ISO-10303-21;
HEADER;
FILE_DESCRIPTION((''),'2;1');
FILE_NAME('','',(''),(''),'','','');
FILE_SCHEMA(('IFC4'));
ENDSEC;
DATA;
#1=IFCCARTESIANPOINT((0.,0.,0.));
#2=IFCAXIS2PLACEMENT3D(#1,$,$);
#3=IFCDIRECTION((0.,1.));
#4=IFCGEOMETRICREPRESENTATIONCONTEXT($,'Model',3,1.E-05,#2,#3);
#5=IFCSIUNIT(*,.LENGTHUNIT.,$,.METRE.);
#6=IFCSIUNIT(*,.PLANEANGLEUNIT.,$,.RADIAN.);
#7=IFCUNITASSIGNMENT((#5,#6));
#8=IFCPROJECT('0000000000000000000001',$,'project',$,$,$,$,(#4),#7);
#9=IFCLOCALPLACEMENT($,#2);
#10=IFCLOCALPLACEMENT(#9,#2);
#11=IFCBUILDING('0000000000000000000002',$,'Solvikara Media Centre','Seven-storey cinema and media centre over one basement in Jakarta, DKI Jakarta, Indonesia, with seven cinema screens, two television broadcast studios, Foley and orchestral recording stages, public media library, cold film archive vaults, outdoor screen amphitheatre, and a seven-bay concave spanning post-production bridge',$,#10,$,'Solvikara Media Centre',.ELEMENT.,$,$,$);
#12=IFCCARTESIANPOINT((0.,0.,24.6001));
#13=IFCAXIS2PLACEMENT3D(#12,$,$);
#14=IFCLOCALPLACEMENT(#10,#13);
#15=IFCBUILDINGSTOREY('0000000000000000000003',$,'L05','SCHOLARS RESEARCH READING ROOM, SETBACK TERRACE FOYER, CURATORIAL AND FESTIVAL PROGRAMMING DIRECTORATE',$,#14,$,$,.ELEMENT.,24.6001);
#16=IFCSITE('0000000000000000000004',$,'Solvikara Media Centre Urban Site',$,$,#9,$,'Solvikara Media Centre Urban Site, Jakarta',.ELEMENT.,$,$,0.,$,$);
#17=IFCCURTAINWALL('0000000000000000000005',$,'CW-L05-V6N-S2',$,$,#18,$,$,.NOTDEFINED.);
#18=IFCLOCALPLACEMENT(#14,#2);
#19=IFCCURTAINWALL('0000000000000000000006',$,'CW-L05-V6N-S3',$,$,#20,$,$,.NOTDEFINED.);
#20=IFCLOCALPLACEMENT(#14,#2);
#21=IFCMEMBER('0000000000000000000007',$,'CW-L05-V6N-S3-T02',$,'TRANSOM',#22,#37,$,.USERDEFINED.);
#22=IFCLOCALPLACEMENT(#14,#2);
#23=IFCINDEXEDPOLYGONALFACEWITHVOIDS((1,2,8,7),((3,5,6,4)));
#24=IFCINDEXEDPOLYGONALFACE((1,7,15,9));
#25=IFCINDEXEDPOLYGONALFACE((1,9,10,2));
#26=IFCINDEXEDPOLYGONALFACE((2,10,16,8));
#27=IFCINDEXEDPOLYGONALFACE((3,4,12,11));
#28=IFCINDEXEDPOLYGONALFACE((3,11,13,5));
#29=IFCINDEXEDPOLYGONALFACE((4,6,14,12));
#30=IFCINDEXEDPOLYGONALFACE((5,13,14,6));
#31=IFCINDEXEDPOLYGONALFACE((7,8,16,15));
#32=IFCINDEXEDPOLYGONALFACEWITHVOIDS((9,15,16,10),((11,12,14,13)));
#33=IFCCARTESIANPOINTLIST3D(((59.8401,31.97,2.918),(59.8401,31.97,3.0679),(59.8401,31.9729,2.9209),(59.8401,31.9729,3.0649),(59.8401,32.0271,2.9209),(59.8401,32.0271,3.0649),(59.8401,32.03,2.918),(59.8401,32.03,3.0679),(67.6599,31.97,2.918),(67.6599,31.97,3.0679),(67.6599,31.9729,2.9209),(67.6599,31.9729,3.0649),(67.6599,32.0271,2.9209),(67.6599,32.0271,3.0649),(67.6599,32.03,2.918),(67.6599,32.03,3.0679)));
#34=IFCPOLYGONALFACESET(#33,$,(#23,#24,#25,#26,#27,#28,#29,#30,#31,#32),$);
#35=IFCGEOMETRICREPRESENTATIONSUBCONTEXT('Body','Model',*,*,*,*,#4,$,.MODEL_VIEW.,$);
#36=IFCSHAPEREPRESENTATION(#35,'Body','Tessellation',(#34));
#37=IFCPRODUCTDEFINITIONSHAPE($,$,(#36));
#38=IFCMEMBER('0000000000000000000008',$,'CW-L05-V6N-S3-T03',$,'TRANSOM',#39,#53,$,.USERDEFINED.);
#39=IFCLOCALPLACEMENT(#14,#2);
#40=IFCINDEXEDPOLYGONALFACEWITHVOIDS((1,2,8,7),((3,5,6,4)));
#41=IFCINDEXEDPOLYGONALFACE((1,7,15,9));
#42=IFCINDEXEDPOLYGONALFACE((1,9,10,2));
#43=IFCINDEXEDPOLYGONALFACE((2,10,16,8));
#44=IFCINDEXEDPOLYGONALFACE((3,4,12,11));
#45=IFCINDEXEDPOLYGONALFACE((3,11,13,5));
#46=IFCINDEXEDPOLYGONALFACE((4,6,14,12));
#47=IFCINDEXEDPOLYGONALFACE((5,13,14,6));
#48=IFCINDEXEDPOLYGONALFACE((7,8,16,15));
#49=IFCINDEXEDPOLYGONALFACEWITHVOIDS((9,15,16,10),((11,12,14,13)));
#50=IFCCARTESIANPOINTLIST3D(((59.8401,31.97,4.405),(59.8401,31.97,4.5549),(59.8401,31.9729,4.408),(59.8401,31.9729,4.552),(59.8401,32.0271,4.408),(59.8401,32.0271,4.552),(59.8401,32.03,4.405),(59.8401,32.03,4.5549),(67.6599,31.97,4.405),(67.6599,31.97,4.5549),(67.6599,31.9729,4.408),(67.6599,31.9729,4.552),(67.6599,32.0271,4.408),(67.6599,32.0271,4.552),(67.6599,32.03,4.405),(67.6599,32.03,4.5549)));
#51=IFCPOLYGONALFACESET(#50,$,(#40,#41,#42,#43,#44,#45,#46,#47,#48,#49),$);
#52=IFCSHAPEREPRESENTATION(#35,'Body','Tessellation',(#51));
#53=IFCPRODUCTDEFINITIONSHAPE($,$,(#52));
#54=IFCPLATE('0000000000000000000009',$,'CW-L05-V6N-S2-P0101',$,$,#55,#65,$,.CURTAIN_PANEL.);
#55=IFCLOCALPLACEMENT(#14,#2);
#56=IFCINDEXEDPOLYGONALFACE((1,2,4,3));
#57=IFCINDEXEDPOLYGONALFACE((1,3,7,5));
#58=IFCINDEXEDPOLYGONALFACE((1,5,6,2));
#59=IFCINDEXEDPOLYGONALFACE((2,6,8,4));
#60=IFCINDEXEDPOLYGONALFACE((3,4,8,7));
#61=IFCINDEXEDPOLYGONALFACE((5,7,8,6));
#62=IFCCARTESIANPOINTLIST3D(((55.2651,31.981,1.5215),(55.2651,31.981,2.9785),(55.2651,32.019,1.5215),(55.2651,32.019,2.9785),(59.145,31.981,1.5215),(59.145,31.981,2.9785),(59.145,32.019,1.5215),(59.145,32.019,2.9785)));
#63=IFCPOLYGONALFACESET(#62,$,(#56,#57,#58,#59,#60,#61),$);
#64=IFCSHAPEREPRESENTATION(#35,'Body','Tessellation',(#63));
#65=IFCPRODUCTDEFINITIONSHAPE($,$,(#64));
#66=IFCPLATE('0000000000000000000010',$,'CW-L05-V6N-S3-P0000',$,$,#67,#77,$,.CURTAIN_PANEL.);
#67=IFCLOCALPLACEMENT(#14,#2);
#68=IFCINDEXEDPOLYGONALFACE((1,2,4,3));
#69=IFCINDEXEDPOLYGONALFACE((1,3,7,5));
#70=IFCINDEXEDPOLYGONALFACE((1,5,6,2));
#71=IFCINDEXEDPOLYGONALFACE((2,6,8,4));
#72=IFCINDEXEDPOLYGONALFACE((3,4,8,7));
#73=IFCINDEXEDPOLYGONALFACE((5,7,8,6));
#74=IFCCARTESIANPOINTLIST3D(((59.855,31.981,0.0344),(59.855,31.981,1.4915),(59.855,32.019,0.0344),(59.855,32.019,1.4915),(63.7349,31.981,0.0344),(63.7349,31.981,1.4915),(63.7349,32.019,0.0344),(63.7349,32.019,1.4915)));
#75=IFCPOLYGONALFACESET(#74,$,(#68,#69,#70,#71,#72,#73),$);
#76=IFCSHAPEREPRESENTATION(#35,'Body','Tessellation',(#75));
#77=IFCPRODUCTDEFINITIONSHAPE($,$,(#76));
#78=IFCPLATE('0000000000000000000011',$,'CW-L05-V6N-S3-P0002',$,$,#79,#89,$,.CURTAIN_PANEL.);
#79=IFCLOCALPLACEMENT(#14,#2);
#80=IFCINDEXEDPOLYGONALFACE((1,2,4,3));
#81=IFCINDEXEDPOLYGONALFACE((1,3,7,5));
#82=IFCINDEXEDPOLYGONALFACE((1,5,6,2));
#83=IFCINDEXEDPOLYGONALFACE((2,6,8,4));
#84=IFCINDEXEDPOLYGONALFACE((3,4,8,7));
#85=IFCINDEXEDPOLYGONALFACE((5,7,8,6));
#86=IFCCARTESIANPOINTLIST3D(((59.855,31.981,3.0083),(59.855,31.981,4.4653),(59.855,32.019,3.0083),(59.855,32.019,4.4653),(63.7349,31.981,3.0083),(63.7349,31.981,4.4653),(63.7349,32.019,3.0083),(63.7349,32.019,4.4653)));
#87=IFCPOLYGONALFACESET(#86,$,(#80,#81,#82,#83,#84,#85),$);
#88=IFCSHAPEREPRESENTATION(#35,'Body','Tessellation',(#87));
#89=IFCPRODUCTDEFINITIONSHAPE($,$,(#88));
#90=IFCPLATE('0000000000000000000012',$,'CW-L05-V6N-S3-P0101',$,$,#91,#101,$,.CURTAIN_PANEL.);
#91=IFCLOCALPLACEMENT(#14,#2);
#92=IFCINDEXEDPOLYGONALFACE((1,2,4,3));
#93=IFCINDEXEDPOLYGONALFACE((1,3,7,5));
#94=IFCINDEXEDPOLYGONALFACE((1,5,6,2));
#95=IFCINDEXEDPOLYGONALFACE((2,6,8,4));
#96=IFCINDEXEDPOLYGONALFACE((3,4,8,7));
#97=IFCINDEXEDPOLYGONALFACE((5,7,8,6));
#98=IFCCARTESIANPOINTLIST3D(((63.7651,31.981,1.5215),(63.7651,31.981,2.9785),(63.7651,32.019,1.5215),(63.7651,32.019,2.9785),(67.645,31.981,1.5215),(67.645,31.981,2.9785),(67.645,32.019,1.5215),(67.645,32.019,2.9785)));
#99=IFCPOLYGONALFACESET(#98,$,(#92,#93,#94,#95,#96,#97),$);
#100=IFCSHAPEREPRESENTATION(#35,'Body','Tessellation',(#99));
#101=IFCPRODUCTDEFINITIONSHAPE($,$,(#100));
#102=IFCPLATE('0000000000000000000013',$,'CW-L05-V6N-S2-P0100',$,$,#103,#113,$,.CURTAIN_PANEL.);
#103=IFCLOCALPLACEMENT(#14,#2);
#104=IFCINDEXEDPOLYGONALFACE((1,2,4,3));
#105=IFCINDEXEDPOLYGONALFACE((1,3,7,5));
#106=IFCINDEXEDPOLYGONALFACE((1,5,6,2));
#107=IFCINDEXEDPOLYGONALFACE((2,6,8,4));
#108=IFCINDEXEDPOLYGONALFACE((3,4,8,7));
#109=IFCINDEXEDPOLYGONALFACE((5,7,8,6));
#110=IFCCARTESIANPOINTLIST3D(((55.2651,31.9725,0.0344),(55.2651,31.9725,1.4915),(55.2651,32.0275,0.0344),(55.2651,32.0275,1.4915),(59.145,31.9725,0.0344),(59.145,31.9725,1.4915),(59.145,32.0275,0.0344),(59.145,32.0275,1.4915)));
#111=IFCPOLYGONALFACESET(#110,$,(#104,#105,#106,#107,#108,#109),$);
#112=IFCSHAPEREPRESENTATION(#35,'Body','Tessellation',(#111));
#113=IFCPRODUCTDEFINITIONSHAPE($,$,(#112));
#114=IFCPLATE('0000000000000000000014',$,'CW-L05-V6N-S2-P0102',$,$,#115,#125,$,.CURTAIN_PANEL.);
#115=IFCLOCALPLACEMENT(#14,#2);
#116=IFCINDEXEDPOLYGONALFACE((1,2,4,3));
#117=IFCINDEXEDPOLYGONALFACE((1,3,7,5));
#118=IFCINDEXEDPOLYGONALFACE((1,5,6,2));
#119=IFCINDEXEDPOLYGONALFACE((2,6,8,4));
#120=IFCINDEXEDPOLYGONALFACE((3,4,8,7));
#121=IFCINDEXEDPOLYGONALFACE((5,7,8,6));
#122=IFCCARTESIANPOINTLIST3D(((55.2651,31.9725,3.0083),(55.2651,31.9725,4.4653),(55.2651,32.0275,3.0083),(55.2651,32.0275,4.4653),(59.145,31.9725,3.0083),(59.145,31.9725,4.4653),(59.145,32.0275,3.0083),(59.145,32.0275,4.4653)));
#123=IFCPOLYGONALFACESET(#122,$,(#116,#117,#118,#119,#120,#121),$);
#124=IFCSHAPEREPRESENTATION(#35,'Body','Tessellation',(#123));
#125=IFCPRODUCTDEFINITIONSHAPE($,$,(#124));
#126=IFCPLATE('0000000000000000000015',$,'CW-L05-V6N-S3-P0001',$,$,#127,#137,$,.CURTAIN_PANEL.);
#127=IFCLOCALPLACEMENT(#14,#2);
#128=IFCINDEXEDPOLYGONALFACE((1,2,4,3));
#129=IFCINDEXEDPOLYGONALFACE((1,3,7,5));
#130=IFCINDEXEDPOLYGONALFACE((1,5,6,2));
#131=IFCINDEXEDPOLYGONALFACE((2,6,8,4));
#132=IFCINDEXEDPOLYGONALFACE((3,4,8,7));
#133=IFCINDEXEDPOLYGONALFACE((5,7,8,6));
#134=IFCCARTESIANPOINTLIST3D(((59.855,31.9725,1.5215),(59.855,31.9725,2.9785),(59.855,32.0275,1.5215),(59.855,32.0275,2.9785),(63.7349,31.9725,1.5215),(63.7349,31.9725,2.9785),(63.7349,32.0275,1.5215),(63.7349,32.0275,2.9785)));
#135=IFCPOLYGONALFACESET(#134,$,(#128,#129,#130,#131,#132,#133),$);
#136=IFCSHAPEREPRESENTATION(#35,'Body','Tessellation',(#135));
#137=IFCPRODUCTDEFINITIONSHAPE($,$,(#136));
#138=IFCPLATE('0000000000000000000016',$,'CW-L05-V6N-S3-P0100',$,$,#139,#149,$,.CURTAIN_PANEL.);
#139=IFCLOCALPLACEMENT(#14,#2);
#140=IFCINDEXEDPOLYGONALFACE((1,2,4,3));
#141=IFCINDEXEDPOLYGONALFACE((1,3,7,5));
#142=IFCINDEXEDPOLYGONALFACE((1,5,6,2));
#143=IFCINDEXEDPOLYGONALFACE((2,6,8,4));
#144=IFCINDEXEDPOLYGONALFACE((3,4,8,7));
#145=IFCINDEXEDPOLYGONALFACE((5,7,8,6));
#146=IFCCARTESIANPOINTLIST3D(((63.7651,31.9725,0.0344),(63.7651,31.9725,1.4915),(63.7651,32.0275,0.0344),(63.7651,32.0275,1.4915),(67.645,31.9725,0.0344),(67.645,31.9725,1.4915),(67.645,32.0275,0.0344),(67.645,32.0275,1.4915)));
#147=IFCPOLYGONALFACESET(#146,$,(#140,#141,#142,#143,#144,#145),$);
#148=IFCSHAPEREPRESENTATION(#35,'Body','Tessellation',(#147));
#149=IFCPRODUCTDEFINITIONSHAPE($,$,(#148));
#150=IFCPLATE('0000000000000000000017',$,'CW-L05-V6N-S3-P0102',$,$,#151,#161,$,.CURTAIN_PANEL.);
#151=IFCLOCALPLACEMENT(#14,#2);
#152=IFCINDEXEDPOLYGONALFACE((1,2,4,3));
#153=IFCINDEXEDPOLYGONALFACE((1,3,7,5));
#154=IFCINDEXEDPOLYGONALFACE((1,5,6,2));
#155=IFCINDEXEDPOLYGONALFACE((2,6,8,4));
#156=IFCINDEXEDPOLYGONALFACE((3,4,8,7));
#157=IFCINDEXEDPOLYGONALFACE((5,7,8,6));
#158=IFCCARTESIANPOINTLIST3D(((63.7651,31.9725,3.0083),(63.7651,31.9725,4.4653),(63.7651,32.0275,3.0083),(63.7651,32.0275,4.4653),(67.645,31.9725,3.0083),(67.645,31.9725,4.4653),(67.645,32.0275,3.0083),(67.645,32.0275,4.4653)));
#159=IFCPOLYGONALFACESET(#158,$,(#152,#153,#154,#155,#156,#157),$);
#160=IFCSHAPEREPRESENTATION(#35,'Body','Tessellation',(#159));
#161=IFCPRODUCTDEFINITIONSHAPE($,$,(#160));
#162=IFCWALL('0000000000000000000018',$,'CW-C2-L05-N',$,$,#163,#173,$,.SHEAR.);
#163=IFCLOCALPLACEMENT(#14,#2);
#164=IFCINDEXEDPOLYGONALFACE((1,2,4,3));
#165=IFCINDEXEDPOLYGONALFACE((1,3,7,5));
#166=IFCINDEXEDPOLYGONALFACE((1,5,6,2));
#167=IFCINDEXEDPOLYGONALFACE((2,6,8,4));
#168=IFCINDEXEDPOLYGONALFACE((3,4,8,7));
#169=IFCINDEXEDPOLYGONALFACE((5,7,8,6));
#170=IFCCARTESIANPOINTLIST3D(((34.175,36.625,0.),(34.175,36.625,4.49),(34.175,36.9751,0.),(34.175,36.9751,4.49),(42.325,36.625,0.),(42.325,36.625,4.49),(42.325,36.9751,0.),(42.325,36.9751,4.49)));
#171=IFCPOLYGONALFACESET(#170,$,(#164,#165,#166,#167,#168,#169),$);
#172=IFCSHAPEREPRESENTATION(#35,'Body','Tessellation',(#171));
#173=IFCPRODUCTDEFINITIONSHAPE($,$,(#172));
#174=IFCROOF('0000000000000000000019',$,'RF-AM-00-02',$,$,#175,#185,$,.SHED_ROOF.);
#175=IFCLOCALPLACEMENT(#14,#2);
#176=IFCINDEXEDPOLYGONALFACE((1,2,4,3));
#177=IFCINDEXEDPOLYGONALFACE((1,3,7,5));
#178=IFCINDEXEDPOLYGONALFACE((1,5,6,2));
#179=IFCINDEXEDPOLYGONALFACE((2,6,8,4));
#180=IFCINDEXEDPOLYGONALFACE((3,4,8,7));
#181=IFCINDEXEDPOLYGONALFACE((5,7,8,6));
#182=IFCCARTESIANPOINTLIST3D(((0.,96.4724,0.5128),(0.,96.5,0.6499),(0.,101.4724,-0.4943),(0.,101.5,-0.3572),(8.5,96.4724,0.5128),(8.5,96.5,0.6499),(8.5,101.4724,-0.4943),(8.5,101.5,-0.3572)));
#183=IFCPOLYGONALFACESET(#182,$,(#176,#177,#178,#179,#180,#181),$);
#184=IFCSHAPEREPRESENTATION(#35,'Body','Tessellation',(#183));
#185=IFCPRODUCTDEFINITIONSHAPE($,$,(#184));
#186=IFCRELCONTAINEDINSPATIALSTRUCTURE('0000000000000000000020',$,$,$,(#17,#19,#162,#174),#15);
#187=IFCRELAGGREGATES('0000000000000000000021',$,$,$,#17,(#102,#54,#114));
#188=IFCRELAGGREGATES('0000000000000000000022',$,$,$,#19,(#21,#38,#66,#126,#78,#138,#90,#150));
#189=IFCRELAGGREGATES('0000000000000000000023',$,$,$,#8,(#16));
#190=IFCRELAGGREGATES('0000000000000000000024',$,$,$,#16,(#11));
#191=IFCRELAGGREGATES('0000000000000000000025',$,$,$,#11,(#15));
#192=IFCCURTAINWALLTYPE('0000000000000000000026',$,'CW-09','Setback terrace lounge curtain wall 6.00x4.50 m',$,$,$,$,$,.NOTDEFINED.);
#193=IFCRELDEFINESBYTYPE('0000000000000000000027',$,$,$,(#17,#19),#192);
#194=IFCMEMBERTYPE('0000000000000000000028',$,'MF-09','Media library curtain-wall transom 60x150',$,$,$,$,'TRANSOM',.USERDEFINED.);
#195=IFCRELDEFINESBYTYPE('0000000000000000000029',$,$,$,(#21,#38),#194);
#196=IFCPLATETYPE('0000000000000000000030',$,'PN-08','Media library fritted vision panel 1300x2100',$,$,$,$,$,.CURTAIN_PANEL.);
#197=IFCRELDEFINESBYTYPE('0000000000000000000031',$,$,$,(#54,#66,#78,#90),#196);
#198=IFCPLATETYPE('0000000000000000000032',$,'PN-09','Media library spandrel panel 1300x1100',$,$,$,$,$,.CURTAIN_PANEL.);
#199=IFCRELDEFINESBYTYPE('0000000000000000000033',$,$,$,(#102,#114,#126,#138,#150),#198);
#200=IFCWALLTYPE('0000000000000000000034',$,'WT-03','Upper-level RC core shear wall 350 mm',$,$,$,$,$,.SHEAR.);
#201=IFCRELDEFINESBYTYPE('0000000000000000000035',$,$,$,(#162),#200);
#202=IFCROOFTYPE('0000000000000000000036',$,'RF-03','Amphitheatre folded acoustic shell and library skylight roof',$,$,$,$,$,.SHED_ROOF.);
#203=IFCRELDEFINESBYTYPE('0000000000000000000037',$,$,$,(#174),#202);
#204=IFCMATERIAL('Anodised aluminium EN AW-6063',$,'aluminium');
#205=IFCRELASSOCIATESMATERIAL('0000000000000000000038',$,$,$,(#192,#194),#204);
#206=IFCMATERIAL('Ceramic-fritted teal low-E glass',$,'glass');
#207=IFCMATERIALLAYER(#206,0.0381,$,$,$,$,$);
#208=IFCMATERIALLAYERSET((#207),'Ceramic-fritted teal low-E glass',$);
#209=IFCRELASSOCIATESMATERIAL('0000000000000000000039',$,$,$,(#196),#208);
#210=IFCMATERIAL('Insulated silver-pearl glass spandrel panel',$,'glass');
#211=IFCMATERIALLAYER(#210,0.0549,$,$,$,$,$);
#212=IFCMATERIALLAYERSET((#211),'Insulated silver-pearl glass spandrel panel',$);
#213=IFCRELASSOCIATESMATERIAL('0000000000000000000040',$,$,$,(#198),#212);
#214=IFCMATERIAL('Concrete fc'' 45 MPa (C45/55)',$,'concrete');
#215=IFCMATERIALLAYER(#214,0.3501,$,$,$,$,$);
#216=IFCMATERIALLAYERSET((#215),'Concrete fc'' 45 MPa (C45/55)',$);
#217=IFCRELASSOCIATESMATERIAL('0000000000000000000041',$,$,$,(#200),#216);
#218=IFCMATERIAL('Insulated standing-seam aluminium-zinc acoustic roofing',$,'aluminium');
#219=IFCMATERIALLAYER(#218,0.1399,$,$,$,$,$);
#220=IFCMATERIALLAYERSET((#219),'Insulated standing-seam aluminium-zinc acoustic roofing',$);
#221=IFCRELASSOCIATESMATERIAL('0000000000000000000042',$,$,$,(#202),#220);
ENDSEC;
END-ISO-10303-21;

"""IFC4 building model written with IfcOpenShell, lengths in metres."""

from ifc_helpers import new_model, si_unit, direction, frame, frame_2d, origin, origin_2d, place, context, subcontext, project, spatial, polyline, rectangle, hollow_rectangle, outline, extrude, material, layer, layer_set, material_profile, profile_set, type_object, element, aggregate, save


model = new_model("IFC4")

# Units and contexts
model_context = context("Model", 3, precision=1e-05, world=origin(), true_north=direction((0.0, 1.0)))
body_context = subcontext(model_context, "Body", "Model", "MODEL_VIEW")
ifc_project = project(units=[si_unit("LENGTHUNIT", "METRE"), si_unit("PLANEANGLEUNIT", "RADIAN")], contexts=[model_context])

# Site, building, storey
site_placement = place(None, origin())
site = spatial("IfcSite", under=ifc_project, at=site_placement, Name="Solvikara Media Centre Urban Site", LongName="Solvikara Media Centre Urban Site, Jakarta", CompositionType="ELEMENT", RefElevation=0.0)
building_placement = place(site_placement, origin())
building = spatial("IfcBuilding", under=site, at=building_placement, Name="Solvikara Media Centre", Description="Seven-storey cinema and media centre over one basement in Jakarta, DKI Jakarta, Indonesia, with seven cinema screens, two television broadcast studios, Foley and orchestral recording stages, public media library, cold film archive vaults, outdoor screen amphitheatre, and a seven-bay concave spanning post-production bridge", LongName="Solvikara Media Centre", CompositionType="ELEMENT")
storey_placement = place(building_placement, frame((0.0, 0.0, 24.6001)))
storey = spatial("IfcBuildingStorey", under=building, at=storey_placement, Name="L05", Description="SCHOLARS RESEARCH READING ROOM, SETBACK TERRACE FOYER, CURATORIAL AND FESTIVAL PROGRAMMING DIRECTORATE", CompositionType="ELEMENT", Elevation=24.6001)

# Shared definitions
ifc_material_1 = material(Name="Concrete fc' 45 MPa (C45/55)", Category="concrete")

# Curtain walls, members
ifc_material_2 = material(Name="Anodised aluminium EN AW-6063", Category="aluminium")
curtain_wall_type = type_object("IfcCurtainWallType", Name="CW-09", Description="Setback terrace lounge curtain wall 6.00x4.50 m", PredefinedType="NOTDEFINED", material=ifc_material_2)
curtain_wall_1_placement = place(storey_placement, origin())
curtain_wall_1 = element("IfcCurtainWall", 1, at=curtain_wall_1_placement, inside=storey, type_object=curtain_wall_type, Name="CW-L05-V6N-S2", PredefinedType="NOTDEFINED")
curtain_wall_2_placement = place(storey_placement, origin())
curtain_wall_2 = element("IfcCurtainWall", 2, at=curtain_wall_2_placement, inside=storey, type_object=curtain_wall_type, Name="CW-L05-V6N-S3", PredefinedType="NOTDEFINED")
ifc_material_profile_1 = material_profile(ifc_material_2, hollow_rectangle(XDim=0.0601, YDim=0.1499, WallThickness=0.0029, at=origin_2d()), Name="ALU-T 60x150x3")
ifc_profile_set_1 = profile_set([ifc_material_profile_1], Name="Anodised aluminium EN AW-6063")
member_type_1 = type_object("IfcMemberType", Name="MF-09", Description="Media library curtain-wall transom 60x150", ElementType="TRANSOM", PredefinedType="USERDEFINED", material=ifc_profile_set_1)
member_1_placement = place(storey_placement, frame((59.8401, 32.0, 2.9929), z_axis=(1.0, 0.0, 0.0), x_axis=(0.0, 1.0, 0.0)))
member_1 = element("IfcMember", 3, at=member_1_placement, type_object=member_type_1, Name="CW-L05-V6N-S3-T02", ObjectType="TRANSOM", PredefinedType="USERDEFINED", context=body_context, shape_type="SweptSolid", body=[
    extrude(hollow_rectangle(XDim=0.0601, YDim=0.1499, WallThickness=0.0029, at=origin_2d()), origin(), (0.0, 0.0, 1.0), 7.8198),
])
member_2_placement = place(storey_placement, frame((59.8401, 32.0, 4.48), z_axis=(1.0, 0.0, 0.0), x_axis=(0.0, 1.0, 0.0)))
member_2 = element("IfcMember", 4, at=member_2_placement, type_object=member_type_1, Name="CW-L05-V6N-S3-T03", ObjectType="TRANSOM", PredefinedType="USERDEFINED", context=body_context, shape_type="SweptSolid", body=[
    extrude(hollow_rectangle(XDim=0.0601, YDim=0.1499, WallThickness=0.0029, at=origin_2d()), origin(), (0.0, 0.0, 1.0), 7.8198),
])

# Plates
ifc_material_3 = material(Name="Ceramic-fritted teal low-E glass", Category="glass")
ifc_layer_1 = layer(ifc_material_3, 0.0381)
ifc_layer_set_1 = layer_set([ifc_layer_1], Name="Ceramic-fritted teal low-E glass")
plate_type_1 = type_object("IfcPlateType", Name="PN-08", Description="Media library fritted vision panel 1300x2100", PredefinedType="CURTAIN_PANEL", material=ifc_layer_set_1)
plate_1_placement = place(storey_placement, frame((57.2051, 32.0, 1.5215), z_axis=(0.0, 0.0, 1.0), x_axis=(1.0, 0.0, 0.0)))
plate_1 = element("IfcPlate", 5, at=plate_1_placement, type_object=plate_type_1, Name="CW-L05-V6N-S2-P0101", PredefinedType="CURTAIN_PANEL", context=body_context, shape_type="SweptSolid", body=[
    extrude(rectangle(XDim=3.8799, YDim=0.0381, at=origin_2d()), origin(), (0.0, 0.0, 1.0), 1.457),
])
plate_2_placement = place(storey_placement, frame((61.7949, 32.0, 0.0344), z_axis=(0.0, 0.0, 1.0), x_axis=(1.0, 0.0, 0.0)))
plate_2 = element("IfcPlate", 6, at=plate_2_placement, type_object=plate_type_1, Name="CW-L05-V6N-S3-P0000", PredefinedType="CURTAIN_PANEL", context=body_context, shape_type="SweptSolid", body=[
    extrude(rectangle(XDim=3.8799, YDim=0.0381, at=origin_2d()), origin(), (0.0, 0.0, 1.0), 1.457),
])
plate_3_placement = place(storey_placement, frame((61.7949, 32.0, 3.0083), z_axis=(0.0, 0.0, 1.0), x_axis=(1.0, 0.0, 0.0)))
plate_3 = element("IfcPlate", 7, at=plate_3_placement, type_object=plate_type_1, Name="CW-L05-V6N-S3-P0002", PredefinedType="CURTAIN_PANEL", context=body_context, shape_type="SweptSolid", body=[
    extrude(rectangle(XDim=3.8799, YDim=0.0381, at=origin_2d()), origin(), (0.0, 0.0, 1.0), 1.457),
])
plate_4_placement = place(storey_placement, frame((65.7051, 32.0, 1.5215), z_axis=(0.0, 0.0, 1.0), x_axis=(1.0, 0.0, 0.0)))
plate_4 = element("IfcPlate", 8, at=plate_4_placement, type_object=plate_type_1, Name="CW-L05-V6N-S3-P0101", PredefinedType="CURTAIN_PANEL", context=body_context, shape_type="SweptSolid", body=[
    extrude(rectangle(XDim=3.8799, YDim=0.0381, at=origin_2d()), origin(), (0.0, 0.0, 1.0), 1.457),
])
ifc_material_4 = material(Name="Insulated silver-pearl glass spandrel panel", Category="glass")
ifc_layer_2 = layer(ifc_material_4, 0.0549)
ifc_layer_set_2 = layer_set([ifc_layer_2], Name="Insulated silver-pearl glass spandrel panel")
plate_type_2 = type_object("IfcPlateType", Name="PN-09", Description="Media library spandrel panel 1300x1100", PredefinedType="CURTAIN_PANEL", material=ifc_layer_set_2)
plate_5_placement = place(storey_placement, frame((57.2051, 32.0, 0.0344), z_axis=(0.0, 0.0, 1.0), x_axis=(1.0, 0.0, 0.0)))
plate_5 = element("IfcPlate", 9, at=plate_5_placement, type_object=plate_type_2, Name="CW-L05-V6N-S2-P0100", PredefinedType="CURTAIN_PANEL", context=body_context, shape_type="SweptSolid", body=[
    extrude(rectangle(XDim=3.8799, YDim=0.0549, at=origin_2d()), origin(), (0.0, 0.0, 1.0), 1.457),
])
plate_6_placement = place(storey_placement, frame((57.2051, 32.0, 3.0083), z_axis=(0.0, 0.0, 1.0), x_axis=(1.0, 0.0, 0.0)))
plate_6 = element("IfcPlate", 10, at=plate_6_placement, type_object=plate_type_2, Name="CW-L05-V6N-S2-P0102", PredefinedType="CURTAIN_PANEL", context=body_context, shape_type="SweptSolid", body=[
    extrude(rectangle(XDim=3.8799, YDim=0.0549, at=origin_2d()), origin(), (0.0, 0.0, 1.0), 1.457),
])
aggregate(curtain_wall_1, [plate_5, plate_1, plate_6])
plate_7_placement = place(storey_placement, frame((61.7949, 32.0, 1.5215), z_axis=(0.0, 0.0, 1.0), x_axis=(1.0, 0.0, 0.0)))
plate_7 = element("IfcPlate", 11, at=plate_7_placement, type_object=plate_type_2, Name="CW-L05-V6N-S3-P0001", PredefinedType="CURTAIN_PANEL", context=body_context, shape_type="SweptSolid", body=[
    extrude(rectangle(XDim=3.8799, YDim=0.0549, at=origin_2d()), origin(), (0.0, 0.0, 1.0), 1.457),
])
plate_8_placement = place(storey_placement, frame((65.7051, 32.0, 0.0344), z_axis=(0.0, 0.0, 1.0), x_axis=(1.0, 0.0, 0.0)))
plate_8 = element("IfcPlate", 12, at=plate_8_placement, type_object=plate_type_2, Name="CW-L05-V6N-S3-P0100", PredefinedType="CURTAIN_PANEL", context=body_context, shape_type="SweptSolid", body=[
    extrude(rectangle(XDim=3.8799, YDim=0.0549, at=origin_2d()), origin(), (0.0, 0.0, 1.0), 1.457),
])
plate_9_placement = place(storey_placement, frame((65.7051, 32.0, 3.0083), z_axis=(0.0, 0.0, 1.0), x_axis=(1.0, 0.0, 0.0)))
plate_9 = element("IfcPlate", 13, at=plate_9_placement, type_object=plate_type_2, Name="CW-L05-V6N-S3-P0102", PredefinedType="CURTAIN_PANEL", context=body_context, shape_type="SweptSolid", body=[
    extrude(rectangle(XDim=3.8799, YDim=0.0549, at=origin_2d()), origin(), (0.0, 0.0, 1.0), 1.457),
])
aggregate(curtain_wall_2, [member_1, member_2, plate_2, plate_7, plate_3, plate_8, plate_4, plate_9])

# Wall
ifc_layer_3 = layer(ifc_material_1, 0.3501)
ifc_layer_set_3 = layer_set([ifc_layer_3], Name="Concrete fc' 45 MPa (C45/55)")
wall_type = type_object("IfcWallType", Name="WT-03", Description="Upper-level RC core shear wall 350 mm", PredefinedType="SHEAR", material=ifc_layer_set_3)
wall_placement = place(storey_placement, frame((34.175, 36.8, 0.0), z_axis=(0.0, 0.0, 1.0), x_axis=(1.0, 0.0, 0.0)))
element("IfcWall", 14, at=wall_placement, inside=storey, type_object=wall_type, Name="CW-C2-L05-N", PredefinedType="SHEAR", context=body_context, shape_type="SweptSolid", body=[
    extrude(rectangle(XDim=8.1499, YDim=0.3501, at=frame_2d((4.075, 0.0))), origin(), (0.0, 0.0, 1.0), 4.49),
])

# Roof
ifc_material_5 = material(Name="Insulated standing-seam aluminium-zinc acoustic roofing", Category="aluminium")
ifc_layer_4 = layer(ifc_material_5, 0.1399)
ifc_layer_set_4 = layer_set([ifc_layer_4], Name="Insulated standing-seam aluminium-zinc acoustic roofing")
roof_type = type_object("IfcRoofType", Name="RF-03", Description="Amphitheatre folded acoustic shell and library skylight roof", PredefinedType="SHED_ROOF", material=ifc_layer_set_4)
roof_1_placement = place(storey_placement, frame((0.0, 101.5, -0.3572), z_axis=(0.0, 0.197451, 0.980313), x_axis=(1.0, 0.0, 0.0)))
element("IfcRoof", 15, at=roof_1_placement, inside=storey, type_object=roof_type, Name="RF-AM-00-02", PredefinedType="SHED_ROOF", context=body_context, shape_type="SweptSolid", body=[
    extrude(outline(polyline([(0.0, 0.0), (8.5, 0.0), (8.5, -5.1004), (0.0, -5.1004), (0.0, 0.0)])), origin(), (0.0, 0.0, -1.0), 0.1399),
])

save(model, "model.ifc")
